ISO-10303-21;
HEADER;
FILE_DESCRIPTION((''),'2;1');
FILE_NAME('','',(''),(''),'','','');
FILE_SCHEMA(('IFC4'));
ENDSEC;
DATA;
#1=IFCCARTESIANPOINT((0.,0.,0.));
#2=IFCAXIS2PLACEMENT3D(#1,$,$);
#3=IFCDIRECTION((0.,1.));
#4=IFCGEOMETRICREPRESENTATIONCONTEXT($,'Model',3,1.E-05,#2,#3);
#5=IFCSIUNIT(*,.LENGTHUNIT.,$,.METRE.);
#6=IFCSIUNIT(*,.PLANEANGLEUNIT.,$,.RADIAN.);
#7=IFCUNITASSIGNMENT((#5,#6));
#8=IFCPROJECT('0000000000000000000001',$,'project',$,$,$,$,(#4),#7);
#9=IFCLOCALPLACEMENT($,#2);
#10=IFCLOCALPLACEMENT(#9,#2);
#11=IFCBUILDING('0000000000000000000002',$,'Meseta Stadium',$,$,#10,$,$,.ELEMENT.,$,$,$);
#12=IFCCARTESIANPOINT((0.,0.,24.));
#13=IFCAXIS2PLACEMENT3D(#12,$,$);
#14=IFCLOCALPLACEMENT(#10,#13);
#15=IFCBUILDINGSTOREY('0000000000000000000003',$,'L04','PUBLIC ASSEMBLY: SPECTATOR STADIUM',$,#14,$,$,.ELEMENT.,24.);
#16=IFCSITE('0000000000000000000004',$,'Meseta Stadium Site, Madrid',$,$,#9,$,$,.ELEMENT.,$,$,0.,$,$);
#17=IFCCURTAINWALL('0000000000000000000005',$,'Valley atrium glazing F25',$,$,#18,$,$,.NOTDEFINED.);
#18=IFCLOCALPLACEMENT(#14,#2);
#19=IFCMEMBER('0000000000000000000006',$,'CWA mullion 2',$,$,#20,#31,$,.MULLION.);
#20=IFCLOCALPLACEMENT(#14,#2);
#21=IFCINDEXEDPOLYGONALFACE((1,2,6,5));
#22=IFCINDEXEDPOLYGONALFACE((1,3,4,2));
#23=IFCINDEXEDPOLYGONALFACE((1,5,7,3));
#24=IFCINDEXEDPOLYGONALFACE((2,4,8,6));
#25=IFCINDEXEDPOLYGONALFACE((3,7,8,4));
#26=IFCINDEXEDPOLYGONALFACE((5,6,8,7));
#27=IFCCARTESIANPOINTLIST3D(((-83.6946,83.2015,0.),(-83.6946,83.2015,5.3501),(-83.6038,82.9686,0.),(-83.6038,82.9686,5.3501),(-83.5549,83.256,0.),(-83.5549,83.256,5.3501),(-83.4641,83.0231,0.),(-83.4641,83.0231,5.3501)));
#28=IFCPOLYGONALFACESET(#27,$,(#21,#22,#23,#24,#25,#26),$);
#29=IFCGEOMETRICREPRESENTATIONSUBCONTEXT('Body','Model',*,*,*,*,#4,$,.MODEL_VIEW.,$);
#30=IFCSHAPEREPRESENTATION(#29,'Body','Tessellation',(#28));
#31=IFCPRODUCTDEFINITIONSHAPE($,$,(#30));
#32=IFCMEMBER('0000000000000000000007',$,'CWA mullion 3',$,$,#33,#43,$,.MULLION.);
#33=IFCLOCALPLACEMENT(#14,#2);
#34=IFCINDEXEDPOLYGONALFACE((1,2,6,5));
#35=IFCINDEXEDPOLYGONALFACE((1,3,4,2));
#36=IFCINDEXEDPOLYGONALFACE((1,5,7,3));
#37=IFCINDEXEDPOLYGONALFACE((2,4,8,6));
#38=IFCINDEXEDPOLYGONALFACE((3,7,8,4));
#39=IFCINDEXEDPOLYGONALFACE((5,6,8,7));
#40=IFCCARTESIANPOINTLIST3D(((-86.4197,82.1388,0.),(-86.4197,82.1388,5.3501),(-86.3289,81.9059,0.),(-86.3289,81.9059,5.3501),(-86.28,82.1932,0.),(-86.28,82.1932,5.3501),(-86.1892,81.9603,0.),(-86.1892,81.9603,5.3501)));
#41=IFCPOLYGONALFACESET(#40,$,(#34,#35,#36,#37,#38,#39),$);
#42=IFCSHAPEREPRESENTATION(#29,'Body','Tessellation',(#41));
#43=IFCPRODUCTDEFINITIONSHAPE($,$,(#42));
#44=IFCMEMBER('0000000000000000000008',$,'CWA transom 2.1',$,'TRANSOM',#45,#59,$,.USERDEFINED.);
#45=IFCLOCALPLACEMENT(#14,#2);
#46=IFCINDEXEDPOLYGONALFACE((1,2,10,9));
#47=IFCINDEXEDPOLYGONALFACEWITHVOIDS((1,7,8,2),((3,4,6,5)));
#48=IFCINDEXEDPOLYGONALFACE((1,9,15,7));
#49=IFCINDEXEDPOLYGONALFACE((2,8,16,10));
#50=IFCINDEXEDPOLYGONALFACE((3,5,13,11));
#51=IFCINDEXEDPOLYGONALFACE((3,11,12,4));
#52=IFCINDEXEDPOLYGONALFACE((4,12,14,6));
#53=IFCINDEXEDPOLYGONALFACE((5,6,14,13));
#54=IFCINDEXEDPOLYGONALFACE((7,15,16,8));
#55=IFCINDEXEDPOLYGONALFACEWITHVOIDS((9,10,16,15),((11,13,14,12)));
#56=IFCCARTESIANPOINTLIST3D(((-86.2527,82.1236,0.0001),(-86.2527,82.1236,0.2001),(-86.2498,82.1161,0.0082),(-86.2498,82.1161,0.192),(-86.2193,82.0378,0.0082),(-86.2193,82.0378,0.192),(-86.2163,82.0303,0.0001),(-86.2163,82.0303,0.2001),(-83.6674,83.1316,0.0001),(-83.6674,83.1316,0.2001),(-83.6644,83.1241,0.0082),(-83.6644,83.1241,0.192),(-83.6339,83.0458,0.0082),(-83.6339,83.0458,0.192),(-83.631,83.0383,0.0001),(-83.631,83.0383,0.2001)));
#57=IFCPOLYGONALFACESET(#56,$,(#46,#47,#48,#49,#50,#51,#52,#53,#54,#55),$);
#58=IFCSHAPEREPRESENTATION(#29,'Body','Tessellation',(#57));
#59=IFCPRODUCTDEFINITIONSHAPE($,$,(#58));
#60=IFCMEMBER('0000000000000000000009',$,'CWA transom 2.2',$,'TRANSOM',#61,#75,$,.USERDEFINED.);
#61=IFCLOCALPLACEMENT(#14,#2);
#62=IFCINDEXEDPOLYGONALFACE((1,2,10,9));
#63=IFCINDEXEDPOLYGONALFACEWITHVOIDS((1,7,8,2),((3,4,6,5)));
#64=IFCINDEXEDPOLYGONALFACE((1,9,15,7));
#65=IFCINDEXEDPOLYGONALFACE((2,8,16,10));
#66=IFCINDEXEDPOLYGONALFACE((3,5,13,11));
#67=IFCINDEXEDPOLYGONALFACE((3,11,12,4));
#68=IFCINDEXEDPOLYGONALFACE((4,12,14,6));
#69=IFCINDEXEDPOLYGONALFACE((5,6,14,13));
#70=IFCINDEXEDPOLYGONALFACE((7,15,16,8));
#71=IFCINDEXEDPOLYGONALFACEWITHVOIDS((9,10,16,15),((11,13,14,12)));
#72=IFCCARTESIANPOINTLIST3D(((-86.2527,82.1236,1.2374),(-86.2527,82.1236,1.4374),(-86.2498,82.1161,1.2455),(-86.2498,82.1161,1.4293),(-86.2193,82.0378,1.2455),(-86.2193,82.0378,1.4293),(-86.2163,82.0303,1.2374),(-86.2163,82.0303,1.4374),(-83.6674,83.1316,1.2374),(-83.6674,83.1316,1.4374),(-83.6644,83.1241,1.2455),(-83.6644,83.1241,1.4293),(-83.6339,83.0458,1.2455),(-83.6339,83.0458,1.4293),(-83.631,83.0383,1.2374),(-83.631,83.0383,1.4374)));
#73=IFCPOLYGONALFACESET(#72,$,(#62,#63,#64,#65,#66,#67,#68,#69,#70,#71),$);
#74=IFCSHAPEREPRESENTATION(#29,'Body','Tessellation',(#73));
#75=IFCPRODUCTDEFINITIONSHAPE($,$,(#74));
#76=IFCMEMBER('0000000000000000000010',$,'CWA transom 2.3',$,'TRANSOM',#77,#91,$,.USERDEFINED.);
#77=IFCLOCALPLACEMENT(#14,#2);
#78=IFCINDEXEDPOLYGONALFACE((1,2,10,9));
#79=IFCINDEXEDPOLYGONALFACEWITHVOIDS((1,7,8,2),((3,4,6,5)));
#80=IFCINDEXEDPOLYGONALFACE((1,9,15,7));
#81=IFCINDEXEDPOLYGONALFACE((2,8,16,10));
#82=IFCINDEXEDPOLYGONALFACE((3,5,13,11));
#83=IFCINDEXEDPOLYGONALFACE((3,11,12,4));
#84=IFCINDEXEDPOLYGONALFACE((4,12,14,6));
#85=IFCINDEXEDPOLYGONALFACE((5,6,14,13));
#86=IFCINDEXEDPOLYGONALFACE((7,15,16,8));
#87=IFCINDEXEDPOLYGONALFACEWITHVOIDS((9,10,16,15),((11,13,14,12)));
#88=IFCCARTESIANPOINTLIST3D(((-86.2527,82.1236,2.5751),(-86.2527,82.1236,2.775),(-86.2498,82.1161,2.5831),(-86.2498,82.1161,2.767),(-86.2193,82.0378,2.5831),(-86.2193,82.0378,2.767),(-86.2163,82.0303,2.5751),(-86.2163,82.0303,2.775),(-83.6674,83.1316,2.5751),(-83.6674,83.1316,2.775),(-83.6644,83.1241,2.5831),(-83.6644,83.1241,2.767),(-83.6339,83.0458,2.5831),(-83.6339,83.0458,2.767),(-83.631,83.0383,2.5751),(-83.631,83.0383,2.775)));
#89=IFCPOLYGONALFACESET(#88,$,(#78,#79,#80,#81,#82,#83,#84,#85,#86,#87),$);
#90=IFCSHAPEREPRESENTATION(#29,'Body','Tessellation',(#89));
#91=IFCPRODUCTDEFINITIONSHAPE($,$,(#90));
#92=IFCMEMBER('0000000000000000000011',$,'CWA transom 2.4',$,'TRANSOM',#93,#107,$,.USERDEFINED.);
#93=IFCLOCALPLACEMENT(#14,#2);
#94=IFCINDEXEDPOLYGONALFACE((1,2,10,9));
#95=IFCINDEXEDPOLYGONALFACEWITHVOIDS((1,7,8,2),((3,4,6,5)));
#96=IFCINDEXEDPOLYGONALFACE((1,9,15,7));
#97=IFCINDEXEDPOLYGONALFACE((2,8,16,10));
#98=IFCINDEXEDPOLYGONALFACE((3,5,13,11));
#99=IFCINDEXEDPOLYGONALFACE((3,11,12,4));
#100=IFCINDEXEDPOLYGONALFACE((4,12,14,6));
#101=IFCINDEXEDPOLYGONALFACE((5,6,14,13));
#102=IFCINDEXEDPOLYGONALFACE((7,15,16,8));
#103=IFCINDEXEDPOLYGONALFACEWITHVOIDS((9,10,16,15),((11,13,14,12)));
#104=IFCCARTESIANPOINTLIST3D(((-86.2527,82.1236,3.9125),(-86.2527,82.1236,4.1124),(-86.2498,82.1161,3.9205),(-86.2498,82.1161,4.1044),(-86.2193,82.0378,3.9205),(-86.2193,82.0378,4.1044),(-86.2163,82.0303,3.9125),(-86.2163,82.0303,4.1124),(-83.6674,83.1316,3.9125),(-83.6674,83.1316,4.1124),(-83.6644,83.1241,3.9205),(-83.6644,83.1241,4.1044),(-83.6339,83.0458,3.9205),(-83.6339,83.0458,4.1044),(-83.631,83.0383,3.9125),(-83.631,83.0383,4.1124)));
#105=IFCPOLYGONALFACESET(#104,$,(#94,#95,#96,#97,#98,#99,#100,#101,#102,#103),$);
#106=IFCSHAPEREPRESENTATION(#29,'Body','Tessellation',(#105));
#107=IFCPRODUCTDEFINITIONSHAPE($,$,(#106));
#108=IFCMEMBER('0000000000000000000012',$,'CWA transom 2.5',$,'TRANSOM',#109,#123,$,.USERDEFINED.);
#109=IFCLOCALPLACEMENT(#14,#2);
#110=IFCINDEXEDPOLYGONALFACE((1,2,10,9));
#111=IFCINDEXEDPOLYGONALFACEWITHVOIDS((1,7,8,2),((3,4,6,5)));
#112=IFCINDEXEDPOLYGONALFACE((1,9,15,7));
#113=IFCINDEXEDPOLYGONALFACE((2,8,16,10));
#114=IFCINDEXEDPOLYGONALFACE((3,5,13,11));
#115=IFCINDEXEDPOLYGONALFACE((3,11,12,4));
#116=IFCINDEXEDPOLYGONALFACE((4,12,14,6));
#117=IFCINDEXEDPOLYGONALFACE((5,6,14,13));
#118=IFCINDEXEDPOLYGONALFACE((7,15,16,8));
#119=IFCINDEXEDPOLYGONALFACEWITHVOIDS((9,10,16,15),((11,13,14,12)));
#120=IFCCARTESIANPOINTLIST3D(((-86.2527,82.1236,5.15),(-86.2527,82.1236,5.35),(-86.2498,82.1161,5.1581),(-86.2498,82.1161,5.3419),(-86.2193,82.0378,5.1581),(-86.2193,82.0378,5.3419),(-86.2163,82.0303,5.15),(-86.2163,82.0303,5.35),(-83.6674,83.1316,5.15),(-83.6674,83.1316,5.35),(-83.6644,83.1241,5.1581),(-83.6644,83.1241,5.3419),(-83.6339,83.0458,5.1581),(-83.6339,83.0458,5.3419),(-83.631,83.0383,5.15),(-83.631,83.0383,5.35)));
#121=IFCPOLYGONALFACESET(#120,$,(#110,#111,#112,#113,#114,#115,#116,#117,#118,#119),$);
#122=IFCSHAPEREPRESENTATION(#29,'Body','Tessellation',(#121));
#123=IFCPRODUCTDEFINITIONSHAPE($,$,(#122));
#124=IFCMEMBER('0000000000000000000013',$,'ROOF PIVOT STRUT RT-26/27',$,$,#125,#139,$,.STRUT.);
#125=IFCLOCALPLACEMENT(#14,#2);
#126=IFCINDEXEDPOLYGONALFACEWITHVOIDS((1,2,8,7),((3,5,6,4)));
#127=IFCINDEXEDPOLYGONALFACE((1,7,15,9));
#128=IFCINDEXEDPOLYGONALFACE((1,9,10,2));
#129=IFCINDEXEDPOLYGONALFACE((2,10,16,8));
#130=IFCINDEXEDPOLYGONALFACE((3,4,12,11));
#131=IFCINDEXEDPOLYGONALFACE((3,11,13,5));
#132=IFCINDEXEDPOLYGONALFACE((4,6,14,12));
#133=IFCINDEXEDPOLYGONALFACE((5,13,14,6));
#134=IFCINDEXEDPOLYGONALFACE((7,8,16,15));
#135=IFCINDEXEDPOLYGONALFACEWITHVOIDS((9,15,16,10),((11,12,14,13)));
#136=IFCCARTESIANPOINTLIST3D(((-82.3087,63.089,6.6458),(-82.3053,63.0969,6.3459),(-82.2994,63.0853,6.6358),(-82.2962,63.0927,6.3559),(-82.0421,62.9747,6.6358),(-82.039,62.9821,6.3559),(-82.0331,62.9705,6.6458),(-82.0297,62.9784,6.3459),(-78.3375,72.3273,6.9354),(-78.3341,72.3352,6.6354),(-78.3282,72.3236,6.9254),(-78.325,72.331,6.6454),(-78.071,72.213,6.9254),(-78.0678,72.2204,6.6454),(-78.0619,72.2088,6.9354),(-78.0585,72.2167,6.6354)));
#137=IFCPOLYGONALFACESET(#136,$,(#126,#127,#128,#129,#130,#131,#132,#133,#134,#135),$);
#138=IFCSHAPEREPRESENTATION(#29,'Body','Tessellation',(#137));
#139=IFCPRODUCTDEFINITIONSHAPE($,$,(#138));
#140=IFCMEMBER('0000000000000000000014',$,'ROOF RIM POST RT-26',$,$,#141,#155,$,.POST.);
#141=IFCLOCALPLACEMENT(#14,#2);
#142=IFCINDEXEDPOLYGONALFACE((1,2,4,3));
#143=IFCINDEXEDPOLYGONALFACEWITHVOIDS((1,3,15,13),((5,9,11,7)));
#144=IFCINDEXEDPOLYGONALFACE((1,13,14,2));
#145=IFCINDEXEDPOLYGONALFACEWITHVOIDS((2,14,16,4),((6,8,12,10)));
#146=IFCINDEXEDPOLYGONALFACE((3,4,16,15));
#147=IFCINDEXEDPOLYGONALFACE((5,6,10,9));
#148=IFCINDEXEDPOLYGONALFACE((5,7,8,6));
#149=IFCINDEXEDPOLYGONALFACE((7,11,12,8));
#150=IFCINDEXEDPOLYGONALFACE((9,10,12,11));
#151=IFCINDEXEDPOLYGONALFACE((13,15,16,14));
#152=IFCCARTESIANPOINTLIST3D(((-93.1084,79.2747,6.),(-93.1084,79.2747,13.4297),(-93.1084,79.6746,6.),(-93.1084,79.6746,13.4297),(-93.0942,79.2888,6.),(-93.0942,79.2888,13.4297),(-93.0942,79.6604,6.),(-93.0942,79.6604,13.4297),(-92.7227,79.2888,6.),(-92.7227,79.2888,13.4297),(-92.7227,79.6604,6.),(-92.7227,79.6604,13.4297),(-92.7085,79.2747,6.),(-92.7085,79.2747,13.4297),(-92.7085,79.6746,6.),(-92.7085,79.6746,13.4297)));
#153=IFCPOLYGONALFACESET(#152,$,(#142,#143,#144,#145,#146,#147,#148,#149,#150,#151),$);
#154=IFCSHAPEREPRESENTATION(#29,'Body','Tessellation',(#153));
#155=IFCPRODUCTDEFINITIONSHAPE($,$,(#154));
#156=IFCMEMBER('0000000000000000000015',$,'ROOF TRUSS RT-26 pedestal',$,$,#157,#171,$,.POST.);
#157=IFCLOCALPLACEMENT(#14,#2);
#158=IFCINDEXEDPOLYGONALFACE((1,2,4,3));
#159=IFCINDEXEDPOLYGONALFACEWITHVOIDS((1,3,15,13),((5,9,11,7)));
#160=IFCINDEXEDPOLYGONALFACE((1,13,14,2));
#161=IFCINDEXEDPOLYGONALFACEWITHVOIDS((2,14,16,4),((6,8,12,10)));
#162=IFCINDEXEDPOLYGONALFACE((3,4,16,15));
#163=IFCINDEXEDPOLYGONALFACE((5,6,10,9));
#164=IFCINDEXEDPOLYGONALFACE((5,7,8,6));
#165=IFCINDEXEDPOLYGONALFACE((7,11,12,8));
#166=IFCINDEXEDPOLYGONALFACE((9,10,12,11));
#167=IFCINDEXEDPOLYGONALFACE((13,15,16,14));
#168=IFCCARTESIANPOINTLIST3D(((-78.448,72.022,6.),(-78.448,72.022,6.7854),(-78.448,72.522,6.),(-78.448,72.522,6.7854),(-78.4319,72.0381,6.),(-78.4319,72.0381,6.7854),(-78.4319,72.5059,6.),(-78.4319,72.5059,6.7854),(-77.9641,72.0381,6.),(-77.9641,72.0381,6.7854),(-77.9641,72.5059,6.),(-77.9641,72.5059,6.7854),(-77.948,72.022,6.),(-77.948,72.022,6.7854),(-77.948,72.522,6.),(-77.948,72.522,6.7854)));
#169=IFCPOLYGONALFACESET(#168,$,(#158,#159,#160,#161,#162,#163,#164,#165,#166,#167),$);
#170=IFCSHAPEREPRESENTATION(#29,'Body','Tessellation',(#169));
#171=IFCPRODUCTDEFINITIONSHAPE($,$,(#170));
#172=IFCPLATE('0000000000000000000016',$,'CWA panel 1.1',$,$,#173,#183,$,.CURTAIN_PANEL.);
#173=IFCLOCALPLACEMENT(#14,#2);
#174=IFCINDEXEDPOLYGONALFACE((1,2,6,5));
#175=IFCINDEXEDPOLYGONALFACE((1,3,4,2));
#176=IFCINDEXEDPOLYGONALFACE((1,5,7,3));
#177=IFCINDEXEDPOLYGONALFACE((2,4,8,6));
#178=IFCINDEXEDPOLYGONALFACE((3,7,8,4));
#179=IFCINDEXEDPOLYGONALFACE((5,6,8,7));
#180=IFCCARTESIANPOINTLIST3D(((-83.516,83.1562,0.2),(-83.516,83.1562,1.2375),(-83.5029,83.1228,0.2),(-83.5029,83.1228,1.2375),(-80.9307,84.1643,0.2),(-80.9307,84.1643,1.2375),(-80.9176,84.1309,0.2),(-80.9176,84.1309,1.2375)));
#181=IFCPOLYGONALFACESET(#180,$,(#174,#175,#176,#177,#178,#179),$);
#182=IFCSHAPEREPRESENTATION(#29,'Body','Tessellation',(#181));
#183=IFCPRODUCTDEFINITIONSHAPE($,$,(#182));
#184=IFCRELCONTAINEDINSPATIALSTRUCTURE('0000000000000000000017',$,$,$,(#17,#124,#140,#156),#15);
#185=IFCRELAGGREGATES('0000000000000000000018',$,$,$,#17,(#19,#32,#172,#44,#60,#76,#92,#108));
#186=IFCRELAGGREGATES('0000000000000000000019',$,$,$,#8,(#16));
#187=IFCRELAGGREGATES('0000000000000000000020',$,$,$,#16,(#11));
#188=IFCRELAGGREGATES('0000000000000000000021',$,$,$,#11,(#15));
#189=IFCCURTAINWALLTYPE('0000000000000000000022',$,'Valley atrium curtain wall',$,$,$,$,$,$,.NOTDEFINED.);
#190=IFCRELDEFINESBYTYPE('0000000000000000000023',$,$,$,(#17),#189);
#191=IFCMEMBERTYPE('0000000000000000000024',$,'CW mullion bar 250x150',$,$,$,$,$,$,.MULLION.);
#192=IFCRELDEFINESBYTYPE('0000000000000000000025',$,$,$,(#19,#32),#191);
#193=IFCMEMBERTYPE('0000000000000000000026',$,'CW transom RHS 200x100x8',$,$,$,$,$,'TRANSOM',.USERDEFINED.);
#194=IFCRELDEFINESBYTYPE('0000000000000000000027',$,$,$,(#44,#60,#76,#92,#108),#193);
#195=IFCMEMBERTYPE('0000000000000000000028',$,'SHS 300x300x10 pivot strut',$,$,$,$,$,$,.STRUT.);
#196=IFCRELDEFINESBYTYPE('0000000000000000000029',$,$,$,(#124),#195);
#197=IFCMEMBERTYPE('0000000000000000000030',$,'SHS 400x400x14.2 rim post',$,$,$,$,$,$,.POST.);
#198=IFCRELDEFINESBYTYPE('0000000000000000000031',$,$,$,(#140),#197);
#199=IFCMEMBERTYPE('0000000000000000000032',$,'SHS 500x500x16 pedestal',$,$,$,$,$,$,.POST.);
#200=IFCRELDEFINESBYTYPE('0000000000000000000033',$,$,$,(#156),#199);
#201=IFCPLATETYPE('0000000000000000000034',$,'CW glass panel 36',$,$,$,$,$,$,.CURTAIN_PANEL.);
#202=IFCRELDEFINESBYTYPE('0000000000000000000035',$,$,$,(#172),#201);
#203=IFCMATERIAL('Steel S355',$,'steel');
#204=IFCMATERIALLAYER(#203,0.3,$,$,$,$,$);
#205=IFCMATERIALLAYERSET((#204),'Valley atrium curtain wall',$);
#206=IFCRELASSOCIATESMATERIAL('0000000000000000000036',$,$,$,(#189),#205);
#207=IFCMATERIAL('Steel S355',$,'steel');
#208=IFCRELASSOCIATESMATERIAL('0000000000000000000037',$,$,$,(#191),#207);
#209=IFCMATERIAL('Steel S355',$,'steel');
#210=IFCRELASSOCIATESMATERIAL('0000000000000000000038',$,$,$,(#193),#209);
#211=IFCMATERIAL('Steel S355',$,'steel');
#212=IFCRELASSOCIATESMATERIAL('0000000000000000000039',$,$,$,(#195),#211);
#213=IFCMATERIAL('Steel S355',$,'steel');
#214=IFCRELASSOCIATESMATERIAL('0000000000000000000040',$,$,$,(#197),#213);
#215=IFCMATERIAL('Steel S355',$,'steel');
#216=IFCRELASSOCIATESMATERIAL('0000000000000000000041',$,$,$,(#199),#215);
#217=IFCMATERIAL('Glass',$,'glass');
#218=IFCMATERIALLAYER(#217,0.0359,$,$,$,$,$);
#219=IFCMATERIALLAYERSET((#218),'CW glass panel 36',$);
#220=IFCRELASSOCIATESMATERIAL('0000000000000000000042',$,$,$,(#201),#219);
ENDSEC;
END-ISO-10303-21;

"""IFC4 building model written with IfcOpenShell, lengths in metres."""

from ifc_helpers import new_model, si_unit, direction, frame, origin, origin_2d, place, context, subcontext, project, spatial, rectangle, hollow_rectangle, extrude, material, layer, layer_set, material_profile, profile_set, type_object, element, aggregate, save


model = new_model("IFC4")

# Units and contexts
model_context = context("Model", 3, precision=1e-05, world=origin(), true_north=direction((0.0, 1.0)))
body_context = subcontext(model_context, "Body", "Model", "MODEL_VIEW")
ifc_project = project(units=[si_unit("LENGTHUNIT", "METRE"), si_unit("PLANEANGLEUNIT", "RADIAN")], contexts=[model_context])

# Site, building, storey
site_placement = place(None, origin())
site = spatial("IfcSite", under=ifc_project, at=site_placement, Name="Meseta Stadium Site, Madrid", CompositionType="ELEMENT", RefElevation=0.0)
building_placement = place(site_placement, origin())
building = spatial("IfcBuilding", under=site, at=building_placement, Name="Meseta Stadium", CompositionType="ELEMENT")
storey_placement = place(building_placement, frame((0.0, 0.0, 24.0)))
storey = spatial("IfcBuildingStorey", under=building, at=storey_placement, Name="L04", Description="PUBLIC ASSEMBLY: SPECTATOR STADIUM", CompositionType="ELEMENT", Elevation=24.0)

# Curtain wall, members
ifc_material_1 = material(Name="Steel S355", Category="steel")
ifc_layer_1 = layer(ifc_material_1, 0.3)
ifc_layer_set_1 = layer_set([ifc_layer_1], Name="Valley atrium curtain wall")
curtain_wall_type = type_object("IfcCurtainWallType", Name="Valley atrium curtain wall", PredefinedType="NOTDEFINED", material=ifc_layer_set_1)
curtain_wall_placement = place(storey_placement, origin())
curtain_wall = element("IfcCurtainWall", 1, at=curtain_wall_placement, inside=storey, type_object=curtain_wall_type, Name="Valley atrium glazing F25", PredefinedType="NOTDEFINED")
ifc_material_2 = material(Name="Steel S355", Category="steel")
ifc_material_profile_1 = material_profile(ifc_material_2, rectangle(XDim=0.25, YDim=0.1499, at=origin_2d()), Name="CW 250x150")
ifc_profile_set_1 = profile_set([ifc_material_profile_1], Name="Steel S355")
member_type_1 = type_object("IfcMemberType", Name="CW mullion bar 250x150", PredefinedType="MULLION", material=ifc_profile_set_1)
member_1_placement = place(storey_placement, frame((-83.5793, 83.1123, 0.0), z_axis=(0.0, 0.0, 1.0), x_axis=(0.36328, -0.93168, 0.0)))
member_1 = element("IfcMember", 2, at=member_1_placement, type_object=member_type_1, Name="CWA mullion 2", PredefinedType="MULLION", context=body_context, shape_type="SweptSolid", body=[
    extrude(rectangle(XDim=0.25, YDim=0.1499, at=origin_2d()), origin(), (0.0, 0.0, 1.0), 5.3501),
])
member_2_placement = place(storey_placement, frame((-86.3044, 82.0496, 0.0), z_axis=(0.0, 0.0, 1.0), x_axis=(0.36328, -0.93168, 0.0)))
member_2 = element("IfcMember", 3, at=member_2_placement, type_object=member_type_1, Name="CWA mullion 3", PredefinedType="MULLION", context=body_context, shape_type="SweptSolid", body=[
    extrude(rectangle(XDim=0.25, YDim=0.1499, at=origin_2d()), origin(), (0.0, 0.0, 1.0), 5.3501),
])
ifc_material_3 = material(Name="Steel S355", Category="steel")
ifc_material_profile_2 = material_profile(ifc_material_3, hollow_rectangle(XDim=0.1001, YDim=0.2, WallThickness=0.0081, at=origin_2d()), Name="RHS 200x100x8")
ifc_profile_set_2 = profile_set([ifc_material_profile_2], Name="Steel S355")
member_type_2 = type_object("IfcMemberType", Name="CW transom RHS 200x100x8", ElementType="TRANSOM", PredefinedType="USERDEFINED", material=ifc_profile_set_2)
member_3_placement = place(storey_placement, frame((-83.6492, 83.085, 0.1001), z_axis=(-0.931687, -0.363261, 0.0), x_axis=(0.363261, -0.931687, 0.0)))
member_3 = element("IfcMember", 4, at=member_3_placement, type_object=member_type_2, Name="CWA transom 2.1", ObjectType="TRANSOM", PredefinedType="USERDEFINED", context=body_context, shape_type="SweptSolid", body=[
    extrude(hollow_rectangle(XDim=0.1001, YDim=0.2, WallThickness=0.0081, at=origin_2d()), origin(), (0.0, 0.0, 1.0), 2.7749),
])
member_4_placement = place(storey_placement, frame((-83.6492, 83.085, 1.3374), z_axis=(-0.931687, -0.363261, 0.0), x_axis=(0.363261, -0.931687, 0.0)))
member_4 = element("IfcMember", 5, at=member_4_placement, type_object=member_type_2, Name="CWA transom 2.2", ObjectType="TRANSOM", PredefinedType="USERDEFINED", context=body_context, shape_type="SweptSolid", body=[
    extrude(hollow_rectangle(XDim=0.1001, YDim=0.2, WallThickness=0.0081, at=origin_2d()), origin(), (0.0, 0.0, 1.0), 2.7749),
])
member_5_placement = place(storey_placement, frame((-83.6492, 83.085, 2.675), z_axis=(-0.931687, -0.363261, 0.0), x_axis=(0.363261, -0.931687, 0.0)))
member_5 = element("IfcMember", 6, at=member_5_placement, type_object=member_type_2, Name="CWA transom 2.3", ObjectType="TRANSOM", PredefinedType="USERDEFINED", context=body_context, shape_type="SweptSolid", body=[
    extrude(hollow_rectangle(XDim=0.1001, YDim=0.2, WallThickness=0.0081, at=origin_2d()), origin(), (0.0, 0.0, 1.0), 2.7749),
])
member_6_placement = place(storey_placement, frame((-83.6492, 83.085, 4.0125), z_axis=(-0.931687, -0.363261, 0.0), x_axis=(0.363261, -0.931687, 0.0)))
member_6 = element("IfcMember", 7, at=member_6_placement, type_object=member_type_2, Name="CWA transom 2.4", ObjectType="TRANSOM", PredefinedType="USERDEFINED", context=body_context, shape_type="SweptSolid", body=[
    extrude(hollow_rectangle(XDim=0.1001, YDim=0.2, WallThickness=0.0081, at=origin_2d()), origin(), (0.0, 0.0, 1.0), 2.7749),
])
member_7_placement = place(storey_placement, frame((-83.6492, 83.085, 5.25), z_axis=(-0.931687, -0.363261, 0.0), x_axis=(0.363261, -0.931687, 0.0)))
member_7 = element("IfcMember", 8, at=member_7_placement, type_object=member_type_2, Name="CWA transom 2.5", ObjectType="TRANSOM", PredefinedType="USERDEFINED", context=body_context, shape_type="SweptSolid", body=[
    extrude(hollow_rectangle(XDim=0.1001, YDim=0.2, WallThickness=0.0081, at=origin_2d()), origin(), (0.0, 0.0, 1.0), 2.7749),
])

# Members
ifc_material_4 = material(Name="Steel S355", Category="steel")
ifc_material_profile_3 = material_profile(ifc_material_4, hollow_rectangle(XDim=0.3, YDim=0.3, WallThickness=0.01, at=origin_2d()), Name="SHS 300x300x10")
ifc_profile_set_3 = profile_set([ifc_material_profile_3], Name="Steel S355")
member_type_3 = type_object("IfcMemberType", Name="SHS 300x300x10 pivot strut", PredefinedType="STRUT", material=ifc_profile_set_3)
member_8_placement = place(storey_placement, frame((-78.198, 72.272, 6.7854), z_axis=(-0.394758, -0.918334, -0.028783), x_axis=(0.918715, -0.394921, 0.0)))
element("IfcMember", 9, at=member_8_placement, inside=storey, type_object=member_type_3, Name="ROOF PIVOT STRUT RT-26/27", PredefinedType="STRUT", context=body_context, shape_type="SweptSolid", body=[
    extrude(hollow_rectangle(XDim=0.3, YDim=0.3, WallThickness=0.01, at=origin_2d()), origin(), (0.0, 0.0, 1.0), 10.0598),
])
ifc_material_5 = material(Name="Steel S355", Category="steel")
ifc_material_profile_4 = material_profile(ifc_material_5, hollow_rectangle(XDim=0.3999, YDim=0.3999, WallThickness=0.0142, at=origin_2d()), Name="SHS 400x400x14.2")
ifc_profile_set_4 = profile_set([ifc_material_profile_4], Name="Steel S355")
member_type_4 = type_object("IfcMemberType", Name="SHS 400x400x14.2 rim post", PredefinedType="POST", material=ifc_profile_set_4)
member_9_placement = place(storey_placement, frame((-92.9084, 79.4746, 6.0), z_axis=(0.0, 0.0, 1.0), x_axis=(1.0, 0.0, 0.0)))
element("IfcMember", 10, at=member_9_placement, inside=storey, type_object=member_type_4, Name="ROOF RIM POST RT-26", PredefinedType="POST", context=body_context, shape_type="SweptSolid", body=[
    extrude(hollow_rectangle(XDim=0.3999, YDim=0.3999, WallThickness=0.0142, at=origin_2d()), origin(), (0.0, 0.0, 1.0), 7.4297),
])
ifc_material_6 = material(Name="Steel S355", Category="steel")
ifc_material_profile_5 = material_profile(ifc_material_6, hollow_rectangle(XDim=0.5, YDim=0.5, WallThickness=0.0161, at=origin_2d()), Name="SHS 500x500x16")
ifc_profile_set_5 = profile_set([ifc_material_profile_5], Name="Steel S355")
member_type_5 = type_object("IfcMemberType", Name="SHS 500x500x16 pedestal", PredefinedType="POST", material=ifc_profile_set_5)
member_10_placement = place(storey_placement, frame((-78.198, 72.272, 6.0), z_axis=(0.0, 0.0, 1.0), x_axis=(1.0, 0.0, 0.0)))
element("IfcMember", 11, at=member_10_placement, inside=storey, type_object=member_type_5, Name="ROOF TRUSS RT-26 pedestal", PredefinedType="POST", context=body_context, shape_type="SweptSolid", body=[
    extrude(hollow_rectangle(XDim=0.5, YDim=0.5, WallThickness=0.0161, at=origin_2d()), origin(), (0.0, 0.0, 1.0), 0.7854),
])

# Plate
ifc_material_7 = material(Name="Glass", Category="glass")
ifc_layer_2 = layer(ifc_material_7, 0.0359)
ifc_layer_set_2 = layer_set([ifc_layer_2], Name="CW glass panel 36")
plate_type_1 = type_object("IfcPlateType", Name="CW glass panel 36", PredefinedType="CURTAIN_PANEL", material=ifc_layer_set_2)
plate_1_placement = place(storey_placement, frame((-82.2168, 83.6436, 0.2), z_axis=(0.0, 0.0, 1.0), x_axis=(-0.93168, -0.36328, 0.0)))
plate_1 = element("IfcPlate", 12, at=plate_1_placement, type_object=plate_type_1, Name="CWA panel 1.1", PredefinedType="CURTAIN_PANEL", context=body_context, shape_type="SweptSolid", body=[
    extrude(rectangle(XDim=2.7749, YDim=0.0359, at=origin_2d()), origin(), (0.0, 0.0, 1.0), 1.0376),
])
aggregate(curtain_wall, [member_1, member_2, plate_1, member_3, member_4, member_5, member_6, member_7])

save(model, "model.ifc")
